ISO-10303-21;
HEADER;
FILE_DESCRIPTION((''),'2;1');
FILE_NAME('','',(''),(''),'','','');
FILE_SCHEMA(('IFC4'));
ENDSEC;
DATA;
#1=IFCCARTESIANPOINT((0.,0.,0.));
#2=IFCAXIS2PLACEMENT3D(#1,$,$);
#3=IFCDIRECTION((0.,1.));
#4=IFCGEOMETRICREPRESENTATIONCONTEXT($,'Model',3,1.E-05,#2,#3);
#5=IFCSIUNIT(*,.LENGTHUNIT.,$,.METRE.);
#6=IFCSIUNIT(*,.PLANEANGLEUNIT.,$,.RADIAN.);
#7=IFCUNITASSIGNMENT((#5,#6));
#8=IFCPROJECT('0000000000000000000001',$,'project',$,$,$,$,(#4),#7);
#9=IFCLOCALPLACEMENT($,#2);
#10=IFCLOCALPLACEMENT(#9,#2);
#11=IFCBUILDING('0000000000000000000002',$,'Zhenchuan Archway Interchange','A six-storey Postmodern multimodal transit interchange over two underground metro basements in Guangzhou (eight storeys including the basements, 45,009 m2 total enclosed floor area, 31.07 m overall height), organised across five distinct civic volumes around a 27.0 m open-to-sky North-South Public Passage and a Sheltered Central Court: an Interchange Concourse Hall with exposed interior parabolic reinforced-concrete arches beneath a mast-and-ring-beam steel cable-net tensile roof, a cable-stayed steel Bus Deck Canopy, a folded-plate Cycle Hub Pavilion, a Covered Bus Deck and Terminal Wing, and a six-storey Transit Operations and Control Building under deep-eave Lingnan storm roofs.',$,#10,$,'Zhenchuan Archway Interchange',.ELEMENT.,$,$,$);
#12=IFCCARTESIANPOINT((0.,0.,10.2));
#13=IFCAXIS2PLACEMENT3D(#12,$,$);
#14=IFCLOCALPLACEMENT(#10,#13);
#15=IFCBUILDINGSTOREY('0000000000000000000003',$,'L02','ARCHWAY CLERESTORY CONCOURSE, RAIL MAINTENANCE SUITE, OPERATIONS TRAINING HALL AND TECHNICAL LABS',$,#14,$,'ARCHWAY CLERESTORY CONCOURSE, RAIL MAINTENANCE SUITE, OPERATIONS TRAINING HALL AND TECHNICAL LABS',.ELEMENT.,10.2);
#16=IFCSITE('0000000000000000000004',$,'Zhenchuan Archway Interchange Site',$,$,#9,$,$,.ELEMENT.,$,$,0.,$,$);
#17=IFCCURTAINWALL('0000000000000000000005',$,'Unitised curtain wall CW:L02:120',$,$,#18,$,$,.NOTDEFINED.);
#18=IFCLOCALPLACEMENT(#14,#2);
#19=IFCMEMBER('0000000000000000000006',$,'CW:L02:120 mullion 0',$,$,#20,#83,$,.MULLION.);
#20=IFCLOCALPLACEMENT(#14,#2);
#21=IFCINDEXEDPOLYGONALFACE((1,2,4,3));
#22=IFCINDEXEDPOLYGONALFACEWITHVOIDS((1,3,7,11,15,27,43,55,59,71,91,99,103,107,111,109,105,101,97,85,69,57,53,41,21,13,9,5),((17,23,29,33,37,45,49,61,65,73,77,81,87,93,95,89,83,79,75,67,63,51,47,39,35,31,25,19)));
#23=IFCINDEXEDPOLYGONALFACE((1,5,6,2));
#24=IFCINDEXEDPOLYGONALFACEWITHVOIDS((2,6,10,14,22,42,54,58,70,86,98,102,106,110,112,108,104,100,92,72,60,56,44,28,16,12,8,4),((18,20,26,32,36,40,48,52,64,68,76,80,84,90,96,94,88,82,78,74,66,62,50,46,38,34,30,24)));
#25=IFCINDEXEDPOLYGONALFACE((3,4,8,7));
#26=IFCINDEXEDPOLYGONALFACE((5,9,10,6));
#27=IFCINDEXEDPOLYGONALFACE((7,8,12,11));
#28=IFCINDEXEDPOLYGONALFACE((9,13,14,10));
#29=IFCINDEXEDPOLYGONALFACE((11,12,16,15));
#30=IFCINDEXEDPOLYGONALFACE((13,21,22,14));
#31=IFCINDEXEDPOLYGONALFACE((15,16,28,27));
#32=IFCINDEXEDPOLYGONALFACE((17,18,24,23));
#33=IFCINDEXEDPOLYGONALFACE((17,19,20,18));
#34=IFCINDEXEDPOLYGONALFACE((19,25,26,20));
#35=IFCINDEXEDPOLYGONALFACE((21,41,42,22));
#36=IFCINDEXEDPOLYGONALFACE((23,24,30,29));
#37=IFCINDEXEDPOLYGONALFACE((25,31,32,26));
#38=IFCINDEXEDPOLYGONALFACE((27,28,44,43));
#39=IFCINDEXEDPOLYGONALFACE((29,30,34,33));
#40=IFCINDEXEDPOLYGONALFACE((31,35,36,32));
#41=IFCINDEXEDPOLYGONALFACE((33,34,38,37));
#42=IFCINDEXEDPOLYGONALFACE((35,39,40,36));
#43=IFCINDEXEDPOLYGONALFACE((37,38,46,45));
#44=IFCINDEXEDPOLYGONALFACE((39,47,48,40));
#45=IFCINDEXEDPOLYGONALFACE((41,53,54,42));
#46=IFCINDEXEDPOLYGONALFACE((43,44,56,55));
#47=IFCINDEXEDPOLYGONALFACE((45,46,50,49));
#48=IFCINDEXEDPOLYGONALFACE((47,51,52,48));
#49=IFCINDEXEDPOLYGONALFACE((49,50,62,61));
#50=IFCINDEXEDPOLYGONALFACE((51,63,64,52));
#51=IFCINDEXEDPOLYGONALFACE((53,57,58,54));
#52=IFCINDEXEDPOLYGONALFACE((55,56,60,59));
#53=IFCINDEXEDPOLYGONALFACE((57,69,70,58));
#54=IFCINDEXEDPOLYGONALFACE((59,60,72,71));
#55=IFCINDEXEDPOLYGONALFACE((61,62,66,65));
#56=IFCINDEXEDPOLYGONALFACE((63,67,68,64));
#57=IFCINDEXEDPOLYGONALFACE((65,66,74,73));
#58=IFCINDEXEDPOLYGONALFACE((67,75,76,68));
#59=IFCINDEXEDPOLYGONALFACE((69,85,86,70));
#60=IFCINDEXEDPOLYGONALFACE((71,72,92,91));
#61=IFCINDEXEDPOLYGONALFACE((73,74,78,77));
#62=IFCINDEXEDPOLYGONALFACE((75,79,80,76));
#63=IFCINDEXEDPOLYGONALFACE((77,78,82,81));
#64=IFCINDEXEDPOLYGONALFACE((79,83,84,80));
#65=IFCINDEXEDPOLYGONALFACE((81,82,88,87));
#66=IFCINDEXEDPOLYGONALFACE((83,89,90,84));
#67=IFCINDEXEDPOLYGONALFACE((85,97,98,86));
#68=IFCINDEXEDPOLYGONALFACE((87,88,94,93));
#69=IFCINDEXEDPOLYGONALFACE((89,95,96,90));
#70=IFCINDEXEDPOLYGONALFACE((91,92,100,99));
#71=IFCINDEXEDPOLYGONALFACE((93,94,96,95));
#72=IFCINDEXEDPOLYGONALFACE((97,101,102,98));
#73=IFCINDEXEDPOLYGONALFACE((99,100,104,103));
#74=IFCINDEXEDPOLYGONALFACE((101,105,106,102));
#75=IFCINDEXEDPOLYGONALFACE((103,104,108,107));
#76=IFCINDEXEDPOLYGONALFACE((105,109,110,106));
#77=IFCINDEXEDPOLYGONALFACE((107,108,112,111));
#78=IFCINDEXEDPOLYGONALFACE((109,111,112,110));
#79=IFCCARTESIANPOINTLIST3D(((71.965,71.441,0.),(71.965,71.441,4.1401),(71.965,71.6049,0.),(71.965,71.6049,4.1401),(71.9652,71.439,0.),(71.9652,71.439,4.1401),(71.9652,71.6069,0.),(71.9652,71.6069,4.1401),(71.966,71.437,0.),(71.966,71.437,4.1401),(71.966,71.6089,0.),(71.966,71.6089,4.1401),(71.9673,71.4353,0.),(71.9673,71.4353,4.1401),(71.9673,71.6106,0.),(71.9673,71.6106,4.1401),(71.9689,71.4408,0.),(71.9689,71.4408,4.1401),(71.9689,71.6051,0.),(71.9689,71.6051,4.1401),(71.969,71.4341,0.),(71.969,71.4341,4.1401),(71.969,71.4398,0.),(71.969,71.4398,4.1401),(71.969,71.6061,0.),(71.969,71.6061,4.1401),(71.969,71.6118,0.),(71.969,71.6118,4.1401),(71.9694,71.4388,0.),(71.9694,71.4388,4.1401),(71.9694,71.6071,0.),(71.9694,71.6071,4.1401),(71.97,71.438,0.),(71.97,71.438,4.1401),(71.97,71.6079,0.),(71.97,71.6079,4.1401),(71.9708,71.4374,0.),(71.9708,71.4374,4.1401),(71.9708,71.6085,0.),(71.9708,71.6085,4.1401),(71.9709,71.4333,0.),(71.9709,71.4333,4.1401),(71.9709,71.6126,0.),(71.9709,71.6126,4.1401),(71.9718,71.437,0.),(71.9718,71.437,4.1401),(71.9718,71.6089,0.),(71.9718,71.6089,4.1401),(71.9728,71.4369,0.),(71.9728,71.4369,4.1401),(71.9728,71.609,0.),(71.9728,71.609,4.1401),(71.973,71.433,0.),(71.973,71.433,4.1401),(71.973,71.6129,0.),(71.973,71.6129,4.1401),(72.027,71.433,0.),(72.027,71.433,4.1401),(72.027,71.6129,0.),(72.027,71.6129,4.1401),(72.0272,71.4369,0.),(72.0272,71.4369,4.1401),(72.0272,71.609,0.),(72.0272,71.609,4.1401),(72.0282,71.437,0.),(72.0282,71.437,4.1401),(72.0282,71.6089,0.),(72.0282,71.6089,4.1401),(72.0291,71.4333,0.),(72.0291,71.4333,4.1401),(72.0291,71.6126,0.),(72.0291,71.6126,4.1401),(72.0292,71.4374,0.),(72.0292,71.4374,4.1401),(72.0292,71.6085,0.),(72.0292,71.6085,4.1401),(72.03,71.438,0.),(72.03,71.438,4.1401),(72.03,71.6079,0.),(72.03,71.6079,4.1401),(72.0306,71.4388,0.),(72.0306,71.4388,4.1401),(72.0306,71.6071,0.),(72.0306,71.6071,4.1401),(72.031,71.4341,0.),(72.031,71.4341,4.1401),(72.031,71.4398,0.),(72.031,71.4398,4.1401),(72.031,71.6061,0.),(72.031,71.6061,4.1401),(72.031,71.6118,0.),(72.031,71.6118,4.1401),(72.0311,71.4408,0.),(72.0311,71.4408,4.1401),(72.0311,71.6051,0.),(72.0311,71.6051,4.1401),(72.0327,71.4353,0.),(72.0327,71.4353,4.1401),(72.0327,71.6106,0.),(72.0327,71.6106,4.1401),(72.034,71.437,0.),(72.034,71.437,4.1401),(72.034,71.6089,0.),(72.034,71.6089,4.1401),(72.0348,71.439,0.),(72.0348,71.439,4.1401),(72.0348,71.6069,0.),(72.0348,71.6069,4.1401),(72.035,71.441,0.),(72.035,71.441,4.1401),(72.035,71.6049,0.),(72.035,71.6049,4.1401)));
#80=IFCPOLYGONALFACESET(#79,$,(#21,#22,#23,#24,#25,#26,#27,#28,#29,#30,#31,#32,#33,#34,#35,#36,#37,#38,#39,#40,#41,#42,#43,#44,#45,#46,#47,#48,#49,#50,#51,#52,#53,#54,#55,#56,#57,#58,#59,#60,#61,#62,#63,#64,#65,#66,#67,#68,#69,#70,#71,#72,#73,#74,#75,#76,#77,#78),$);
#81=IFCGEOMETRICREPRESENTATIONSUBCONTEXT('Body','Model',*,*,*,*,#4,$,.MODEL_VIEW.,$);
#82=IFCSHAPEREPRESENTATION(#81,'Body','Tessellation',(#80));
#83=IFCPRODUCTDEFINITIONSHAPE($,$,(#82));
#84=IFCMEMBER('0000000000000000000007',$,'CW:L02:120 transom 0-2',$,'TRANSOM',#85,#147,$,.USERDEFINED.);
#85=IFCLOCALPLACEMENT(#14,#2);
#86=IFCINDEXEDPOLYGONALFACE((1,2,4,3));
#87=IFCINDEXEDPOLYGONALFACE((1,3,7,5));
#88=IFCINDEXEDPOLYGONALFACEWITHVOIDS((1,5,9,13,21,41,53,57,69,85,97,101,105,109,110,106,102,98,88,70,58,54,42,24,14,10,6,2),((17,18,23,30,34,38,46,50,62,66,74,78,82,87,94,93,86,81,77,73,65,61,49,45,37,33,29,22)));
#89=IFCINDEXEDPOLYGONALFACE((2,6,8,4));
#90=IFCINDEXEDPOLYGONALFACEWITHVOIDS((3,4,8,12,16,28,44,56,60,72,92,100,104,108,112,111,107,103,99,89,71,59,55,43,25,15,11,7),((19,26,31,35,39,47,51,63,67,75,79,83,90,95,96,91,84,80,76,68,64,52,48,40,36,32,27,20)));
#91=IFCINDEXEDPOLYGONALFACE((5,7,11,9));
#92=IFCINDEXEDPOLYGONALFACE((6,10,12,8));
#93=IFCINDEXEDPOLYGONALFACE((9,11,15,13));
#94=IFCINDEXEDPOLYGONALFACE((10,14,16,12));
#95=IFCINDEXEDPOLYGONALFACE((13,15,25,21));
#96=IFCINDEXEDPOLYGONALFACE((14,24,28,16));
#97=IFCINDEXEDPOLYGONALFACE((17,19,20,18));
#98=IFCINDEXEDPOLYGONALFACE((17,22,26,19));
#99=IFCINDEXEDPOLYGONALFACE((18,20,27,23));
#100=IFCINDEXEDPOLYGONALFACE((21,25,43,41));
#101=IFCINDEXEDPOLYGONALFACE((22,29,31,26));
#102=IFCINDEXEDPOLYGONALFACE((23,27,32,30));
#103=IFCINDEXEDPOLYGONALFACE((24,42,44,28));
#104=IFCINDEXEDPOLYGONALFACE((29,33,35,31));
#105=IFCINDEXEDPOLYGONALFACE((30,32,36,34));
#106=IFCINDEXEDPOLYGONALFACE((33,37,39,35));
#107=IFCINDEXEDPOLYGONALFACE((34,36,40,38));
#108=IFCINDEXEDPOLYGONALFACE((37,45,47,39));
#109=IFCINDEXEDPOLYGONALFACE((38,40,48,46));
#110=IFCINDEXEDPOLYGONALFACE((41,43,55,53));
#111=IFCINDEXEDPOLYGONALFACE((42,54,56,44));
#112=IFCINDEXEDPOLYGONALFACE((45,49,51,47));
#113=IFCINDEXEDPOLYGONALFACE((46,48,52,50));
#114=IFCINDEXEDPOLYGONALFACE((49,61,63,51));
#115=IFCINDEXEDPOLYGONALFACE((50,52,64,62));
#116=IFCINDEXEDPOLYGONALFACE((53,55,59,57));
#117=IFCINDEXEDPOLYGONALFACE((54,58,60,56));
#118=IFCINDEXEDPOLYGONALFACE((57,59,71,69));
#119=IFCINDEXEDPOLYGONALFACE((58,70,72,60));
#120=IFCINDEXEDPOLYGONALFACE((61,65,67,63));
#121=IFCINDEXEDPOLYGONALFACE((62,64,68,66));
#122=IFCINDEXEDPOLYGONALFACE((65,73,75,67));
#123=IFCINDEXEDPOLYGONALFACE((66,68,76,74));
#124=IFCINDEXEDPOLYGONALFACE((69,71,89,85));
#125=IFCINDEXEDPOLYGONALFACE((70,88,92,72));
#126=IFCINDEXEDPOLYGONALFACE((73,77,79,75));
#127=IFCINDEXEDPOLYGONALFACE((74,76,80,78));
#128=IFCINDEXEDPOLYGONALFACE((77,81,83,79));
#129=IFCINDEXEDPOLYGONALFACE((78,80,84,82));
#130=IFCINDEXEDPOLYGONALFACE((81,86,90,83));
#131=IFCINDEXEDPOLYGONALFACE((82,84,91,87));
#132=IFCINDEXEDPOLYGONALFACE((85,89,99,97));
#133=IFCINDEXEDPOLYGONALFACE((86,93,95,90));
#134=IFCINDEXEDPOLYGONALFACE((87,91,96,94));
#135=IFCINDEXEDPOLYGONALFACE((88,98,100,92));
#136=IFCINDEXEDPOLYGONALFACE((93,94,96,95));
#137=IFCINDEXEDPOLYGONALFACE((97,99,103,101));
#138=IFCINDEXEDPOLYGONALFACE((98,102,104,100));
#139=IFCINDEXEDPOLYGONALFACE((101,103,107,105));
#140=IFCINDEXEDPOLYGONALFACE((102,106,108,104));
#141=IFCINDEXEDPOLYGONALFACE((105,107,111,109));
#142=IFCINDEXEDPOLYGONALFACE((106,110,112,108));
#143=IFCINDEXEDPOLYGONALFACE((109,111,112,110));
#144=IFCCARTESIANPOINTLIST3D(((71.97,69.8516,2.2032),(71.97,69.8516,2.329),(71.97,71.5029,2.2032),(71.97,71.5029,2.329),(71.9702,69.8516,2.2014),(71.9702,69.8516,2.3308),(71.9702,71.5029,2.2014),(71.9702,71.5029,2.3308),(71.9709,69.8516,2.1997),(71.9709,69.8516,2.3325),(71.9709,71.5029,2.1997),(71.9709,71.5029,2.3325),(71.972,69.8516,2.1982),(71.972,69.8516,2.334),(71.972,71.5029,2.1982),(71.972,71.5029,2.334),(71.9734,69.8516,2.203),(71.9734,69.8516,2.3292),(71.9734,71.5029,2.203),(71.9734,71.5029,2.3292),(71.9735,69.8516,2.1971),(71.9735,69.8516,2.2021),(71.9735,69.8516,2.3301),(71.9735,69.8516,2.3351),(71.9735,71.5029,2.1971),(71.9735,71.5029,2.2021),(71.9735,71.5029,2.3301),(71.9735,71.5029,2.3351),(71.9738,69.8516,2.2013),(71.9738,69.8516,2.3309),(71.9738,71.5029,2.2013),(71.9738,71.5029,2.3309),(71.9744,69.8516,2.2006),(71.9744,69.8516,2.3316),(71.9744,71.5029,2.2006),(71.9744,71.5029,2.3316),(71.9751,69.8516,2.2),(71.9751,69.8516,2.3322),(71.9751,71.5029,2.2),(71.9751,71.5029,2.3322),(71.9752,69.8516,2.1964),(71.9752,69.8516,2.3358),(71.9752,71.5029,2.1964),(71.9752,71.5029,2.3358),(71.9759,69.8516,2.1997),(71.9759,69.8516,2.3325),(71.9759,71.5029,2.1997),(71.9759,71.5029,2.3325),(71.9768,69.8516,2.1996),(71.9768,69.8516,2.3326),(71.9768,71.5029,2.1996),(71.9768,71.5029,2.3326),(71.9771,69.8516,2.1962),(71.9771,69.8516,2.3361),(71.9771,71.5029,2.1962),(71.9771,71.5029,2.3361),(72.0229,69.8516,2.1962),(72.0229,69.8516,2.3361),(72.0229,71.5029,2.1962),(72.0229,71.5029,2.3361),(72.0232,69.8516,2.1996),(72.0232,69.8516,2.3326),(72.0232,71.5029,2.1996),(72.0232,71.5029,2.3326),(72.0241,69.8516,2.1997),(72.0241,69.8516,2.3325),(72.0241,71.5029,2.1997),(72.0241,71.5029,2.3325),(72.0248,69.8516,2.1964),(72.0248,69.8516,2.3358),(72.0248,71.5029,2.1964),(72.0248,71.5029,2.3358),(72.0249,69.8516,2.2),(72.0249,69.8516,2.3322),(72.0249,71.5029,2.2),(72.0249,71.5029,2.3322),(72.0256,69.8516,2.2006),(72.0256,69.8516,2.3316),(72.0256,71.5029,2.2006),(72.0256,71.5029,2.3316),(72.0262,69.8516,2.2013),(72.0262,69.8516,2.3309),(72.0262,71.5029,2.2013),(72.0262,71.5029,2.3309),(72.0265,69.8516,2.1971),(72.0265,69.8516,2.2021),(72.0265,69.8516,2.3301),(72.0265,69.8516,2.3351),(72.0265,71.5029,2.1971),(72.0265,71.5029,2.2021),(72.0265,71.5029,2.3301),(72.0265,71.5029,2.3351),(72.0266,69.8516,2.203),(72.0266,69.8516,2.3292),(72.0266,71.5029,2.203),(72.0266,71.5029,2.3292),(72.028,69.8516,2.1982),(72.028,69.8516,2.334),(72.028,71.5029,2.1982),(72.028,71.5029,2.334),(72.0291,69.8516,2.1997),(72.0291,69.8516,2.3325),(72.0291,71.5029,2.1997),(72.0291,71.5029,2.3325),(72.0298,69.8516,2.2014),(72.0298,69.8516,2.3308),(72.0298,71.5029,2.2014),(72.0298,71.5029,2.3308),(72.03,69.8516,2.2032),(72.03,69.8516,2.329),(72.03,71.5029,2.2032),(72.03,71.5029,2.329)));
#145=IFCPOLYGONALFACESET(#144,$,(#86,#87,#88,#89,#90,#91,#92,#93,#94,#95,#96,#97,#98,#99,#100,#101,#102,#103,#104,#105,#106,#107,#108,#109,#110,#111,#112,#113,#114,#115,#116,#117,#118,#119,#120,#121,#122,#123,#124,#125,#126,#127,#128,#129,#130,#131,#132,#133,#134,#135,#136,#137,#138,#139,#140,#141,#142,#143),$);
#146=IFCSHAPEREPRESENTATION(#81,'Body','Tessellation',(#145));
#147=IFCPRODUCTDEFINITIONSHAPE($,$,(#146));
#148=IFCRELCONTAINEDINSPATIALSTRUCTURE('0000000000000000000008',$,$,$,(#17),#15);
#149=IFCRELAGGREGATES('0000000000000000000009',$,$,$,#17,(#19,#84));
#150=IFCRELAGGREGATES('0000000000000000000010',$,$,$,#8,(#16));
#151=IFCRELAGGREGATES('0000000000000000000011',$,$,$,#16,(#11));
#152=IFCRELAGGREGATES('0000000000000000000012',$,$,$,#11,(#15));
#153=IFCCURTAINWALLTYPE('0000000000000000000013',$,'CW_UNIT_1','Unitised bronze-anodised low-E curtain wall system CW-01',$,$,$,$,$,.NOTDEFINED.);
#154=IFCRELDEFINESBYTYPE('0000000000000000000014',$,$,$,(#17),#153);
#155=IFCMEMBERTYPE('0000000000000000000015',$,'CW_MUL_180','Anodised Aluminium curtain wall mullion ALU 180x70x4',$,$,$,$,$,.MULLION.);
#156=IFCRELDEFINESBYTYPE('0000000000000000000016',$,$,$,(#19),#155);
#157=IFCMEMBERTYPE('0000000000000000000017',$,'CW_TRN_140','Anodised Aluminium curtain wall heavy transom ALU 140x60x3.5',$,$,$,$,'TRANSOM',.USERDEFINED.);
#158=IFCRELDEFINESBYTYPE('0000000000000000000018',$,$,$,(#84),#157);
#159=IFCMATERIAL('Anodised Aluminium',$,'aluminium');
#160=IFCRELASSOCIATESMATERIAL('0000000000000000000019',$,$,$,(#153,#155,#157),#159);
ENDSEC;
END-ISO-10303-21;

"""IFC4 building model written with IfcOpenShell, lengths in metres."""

from ifc_helpers import new_model, si_unit, direction, frame, origin, origin_2d, place, context, subcontext, project, spatial, hollow_rectangle, extrude, material, material_profile, profile_set, type_object, element, aggregate, save


model = new_model("IFC4")

# Units and contexts
model_context = context("Model", 3, precision=1e-05, world=origin(), true_north=direction((0.0, 1.0)))
body_context = subcontext(model_context, "Body", "Model", "MODEL_VIEW")
ifc_project = project(units=[si_unit("LENGTHUNIT", "METRE"), si_unit("PLANEANGLEUNIT", "RADIAN")], contexts=[model_context])

# Site, building, storey
site_placement = place(None, origin())
site = spatial("IfcSite", under=ifc_project, at=site_placement, Name="Zhenchuan Archway Interchange Site", CompositionType="ELEMENT", RefElevation=0.0)
building_placement = place(site_placement, origin())
building = spatial("IfcBuilding", under=site, at=building_placement, Name="Zhenchuan Archway Interchange", Description="A six-storey Postmodern multimodal transit interchange over two underground metro basements in Guangzhou (eight storeys including the basements, 45,009 m2 total enclosed floor area, 31.07 m overall height), organised across five distinct civic volumes around a 27.0 m open-to-sky North-South Public Passage and a Sheltered Central Court: an Interchange Concourse Hall with exposed interior parabolic reinforced-concrete arches beneath a mast-and-ring-beam steel cable-net tensile roof, a cable-stayed steel Bus Deck Canopy, a folded-plate Cycle Hub Pavilion, a Covered Bus Deck and Terminal Wing, and a six-storey Transit Operations and Control Building under deep-eave Lingnan storm roofs.", LongName="Zhenchuan Archway Interchange", CompositionType="ELEMENT")
storey_placement = place(building_placement, frame((0.0, 0.0, 10.2)))
storey = spatial("IfcBuildingStorey", under=building, at=storey_placement, Name="L02", Description="ARCHWAY CLERESTORY CONCOURSE, RAIL MAINTENANCE SUITE, OPERATIONS TRAINING HALL AND TECHNICAL LABS", LongName="ARCHWAY CLERESTORY CONCOURSE, RAIL MAINTENANCE SUITE, OPERATIONS TRAINING HALL AND TECHNICAL LABS", CompositionType="ELEMENT", Elevation=10.2)

# Curtain wall, members
ifc_material_1 = material(Name="Anodised Aluminium", Category="aluminium")
curtain_wall_type = type_object("IfcCurtainWallType", Name="CW_UNIT_1", Description="Unitised bronze-anodised low-E curtain wall system CW-01", PredefinedType="NOTDEFINED", material=ifc_material_1)
curtain_wall_placement = place(storey_placement, origin())
curtain_wall = element("IfcCurtainWall", 1, at=curtain_wall_placement, inside=storey, type_object=curtain_wall_type, Name="Unitised curtain wall CW:L02:120", PredefinedType="NOTDEFINED")
ifc_material_profile_1 = material_profile(ifc_material_1, hollow_rectangle(XDim=0.0701, YDim=0.1799, WallThickness=0.0039, InnerFilletRadius=0.0039, OuterFilletRadius=0.0081, at=origin_2d()), Name="ALU 180x70x4")
ifc_profile_set_1 = profile_set([ifc_material_profile_1], Name="Anodised Aluminium")
member_type_1 = type_object("IfcMemberType", Name="CW_MUL_180", Description="Anodised Aluminium curtain wall mullion ALU 180x70x4", PredefinedType="MULLION", material=ifc_profile_set_1)
member_1_placement = place(storey_placement, frame((72.0, 71.5229, 0.0), z_axis=(0.0, 0.0, 1.0), x_axis=(1.0, 0.0, 0.0)))
member_1 = element("IfcMember", 2, at=member_1_placement, type_object=member_type_1, Name="CW:L02:120 mullion 0", PredefinedType="MULLION", context=body_context, shape_type="SweptSolid", body=[
    extrude(hollow_rectangle(XDim=0.0701, YDim=0.1799, WallThickness=0.0039, InnerFilletRadius=0.0039, OuterFilletRadius=0.0081, at=origin_2d()), origin(), (0.0, 0.0, 1.0), 4.1401),
])
ifc_material_profile_2 = material_profile(ifc_material_1, hollow_rectangle(XDim=0.0601, YDim=0.1399, WallThickness=0.0034, InnerFilletRadius=0.0034, OuterFilletRadius=0.0071, at=origin_2d()), Name="ALU 140x60x3.5")
ifc_profile_set_2 = profile_set([ifc_material_profile_2], Name="Anodised Aluminium")
member_type_2 = type_object("IfcMemberType", Name="CW_TRN_140", Description="Anodised Aluminium curtain wall heavy transom ALU 140x60x3.5", ElementType="TRANSOM", PredefinedType="USERDEFINED", material=ifc_profile_set_2)
member_2_placement = place(storey_placement, frame((72.0, 71.5029, 2.2661), z_axis=(0.0, -1.0, 0.0), x_axis=(1.0, 0.0, 0.0)))
member_2 = element("IfcMember", 3, at=member_2_placement, type_object=member_type_2, Name="CW:L02:120 transom 0-2", ObjectType="TRANSOM", PredefinedType="USERDEFINED", context=body_context, shape_type="SweptSolid", body=[
    extrude(hollow_rectangle(XDim=0.0601, YDim=0.1399, WallThickness=0.0034, InnerFilletRadius=0.0034, OuterFilletRadius=0.0071, at=origin_2d()), origin(), (0.0, 0.0, 1.0), 1.6514),
])
aggregate(curtain_wall, [member_1, member_2])

save(model, "model.ifc")
